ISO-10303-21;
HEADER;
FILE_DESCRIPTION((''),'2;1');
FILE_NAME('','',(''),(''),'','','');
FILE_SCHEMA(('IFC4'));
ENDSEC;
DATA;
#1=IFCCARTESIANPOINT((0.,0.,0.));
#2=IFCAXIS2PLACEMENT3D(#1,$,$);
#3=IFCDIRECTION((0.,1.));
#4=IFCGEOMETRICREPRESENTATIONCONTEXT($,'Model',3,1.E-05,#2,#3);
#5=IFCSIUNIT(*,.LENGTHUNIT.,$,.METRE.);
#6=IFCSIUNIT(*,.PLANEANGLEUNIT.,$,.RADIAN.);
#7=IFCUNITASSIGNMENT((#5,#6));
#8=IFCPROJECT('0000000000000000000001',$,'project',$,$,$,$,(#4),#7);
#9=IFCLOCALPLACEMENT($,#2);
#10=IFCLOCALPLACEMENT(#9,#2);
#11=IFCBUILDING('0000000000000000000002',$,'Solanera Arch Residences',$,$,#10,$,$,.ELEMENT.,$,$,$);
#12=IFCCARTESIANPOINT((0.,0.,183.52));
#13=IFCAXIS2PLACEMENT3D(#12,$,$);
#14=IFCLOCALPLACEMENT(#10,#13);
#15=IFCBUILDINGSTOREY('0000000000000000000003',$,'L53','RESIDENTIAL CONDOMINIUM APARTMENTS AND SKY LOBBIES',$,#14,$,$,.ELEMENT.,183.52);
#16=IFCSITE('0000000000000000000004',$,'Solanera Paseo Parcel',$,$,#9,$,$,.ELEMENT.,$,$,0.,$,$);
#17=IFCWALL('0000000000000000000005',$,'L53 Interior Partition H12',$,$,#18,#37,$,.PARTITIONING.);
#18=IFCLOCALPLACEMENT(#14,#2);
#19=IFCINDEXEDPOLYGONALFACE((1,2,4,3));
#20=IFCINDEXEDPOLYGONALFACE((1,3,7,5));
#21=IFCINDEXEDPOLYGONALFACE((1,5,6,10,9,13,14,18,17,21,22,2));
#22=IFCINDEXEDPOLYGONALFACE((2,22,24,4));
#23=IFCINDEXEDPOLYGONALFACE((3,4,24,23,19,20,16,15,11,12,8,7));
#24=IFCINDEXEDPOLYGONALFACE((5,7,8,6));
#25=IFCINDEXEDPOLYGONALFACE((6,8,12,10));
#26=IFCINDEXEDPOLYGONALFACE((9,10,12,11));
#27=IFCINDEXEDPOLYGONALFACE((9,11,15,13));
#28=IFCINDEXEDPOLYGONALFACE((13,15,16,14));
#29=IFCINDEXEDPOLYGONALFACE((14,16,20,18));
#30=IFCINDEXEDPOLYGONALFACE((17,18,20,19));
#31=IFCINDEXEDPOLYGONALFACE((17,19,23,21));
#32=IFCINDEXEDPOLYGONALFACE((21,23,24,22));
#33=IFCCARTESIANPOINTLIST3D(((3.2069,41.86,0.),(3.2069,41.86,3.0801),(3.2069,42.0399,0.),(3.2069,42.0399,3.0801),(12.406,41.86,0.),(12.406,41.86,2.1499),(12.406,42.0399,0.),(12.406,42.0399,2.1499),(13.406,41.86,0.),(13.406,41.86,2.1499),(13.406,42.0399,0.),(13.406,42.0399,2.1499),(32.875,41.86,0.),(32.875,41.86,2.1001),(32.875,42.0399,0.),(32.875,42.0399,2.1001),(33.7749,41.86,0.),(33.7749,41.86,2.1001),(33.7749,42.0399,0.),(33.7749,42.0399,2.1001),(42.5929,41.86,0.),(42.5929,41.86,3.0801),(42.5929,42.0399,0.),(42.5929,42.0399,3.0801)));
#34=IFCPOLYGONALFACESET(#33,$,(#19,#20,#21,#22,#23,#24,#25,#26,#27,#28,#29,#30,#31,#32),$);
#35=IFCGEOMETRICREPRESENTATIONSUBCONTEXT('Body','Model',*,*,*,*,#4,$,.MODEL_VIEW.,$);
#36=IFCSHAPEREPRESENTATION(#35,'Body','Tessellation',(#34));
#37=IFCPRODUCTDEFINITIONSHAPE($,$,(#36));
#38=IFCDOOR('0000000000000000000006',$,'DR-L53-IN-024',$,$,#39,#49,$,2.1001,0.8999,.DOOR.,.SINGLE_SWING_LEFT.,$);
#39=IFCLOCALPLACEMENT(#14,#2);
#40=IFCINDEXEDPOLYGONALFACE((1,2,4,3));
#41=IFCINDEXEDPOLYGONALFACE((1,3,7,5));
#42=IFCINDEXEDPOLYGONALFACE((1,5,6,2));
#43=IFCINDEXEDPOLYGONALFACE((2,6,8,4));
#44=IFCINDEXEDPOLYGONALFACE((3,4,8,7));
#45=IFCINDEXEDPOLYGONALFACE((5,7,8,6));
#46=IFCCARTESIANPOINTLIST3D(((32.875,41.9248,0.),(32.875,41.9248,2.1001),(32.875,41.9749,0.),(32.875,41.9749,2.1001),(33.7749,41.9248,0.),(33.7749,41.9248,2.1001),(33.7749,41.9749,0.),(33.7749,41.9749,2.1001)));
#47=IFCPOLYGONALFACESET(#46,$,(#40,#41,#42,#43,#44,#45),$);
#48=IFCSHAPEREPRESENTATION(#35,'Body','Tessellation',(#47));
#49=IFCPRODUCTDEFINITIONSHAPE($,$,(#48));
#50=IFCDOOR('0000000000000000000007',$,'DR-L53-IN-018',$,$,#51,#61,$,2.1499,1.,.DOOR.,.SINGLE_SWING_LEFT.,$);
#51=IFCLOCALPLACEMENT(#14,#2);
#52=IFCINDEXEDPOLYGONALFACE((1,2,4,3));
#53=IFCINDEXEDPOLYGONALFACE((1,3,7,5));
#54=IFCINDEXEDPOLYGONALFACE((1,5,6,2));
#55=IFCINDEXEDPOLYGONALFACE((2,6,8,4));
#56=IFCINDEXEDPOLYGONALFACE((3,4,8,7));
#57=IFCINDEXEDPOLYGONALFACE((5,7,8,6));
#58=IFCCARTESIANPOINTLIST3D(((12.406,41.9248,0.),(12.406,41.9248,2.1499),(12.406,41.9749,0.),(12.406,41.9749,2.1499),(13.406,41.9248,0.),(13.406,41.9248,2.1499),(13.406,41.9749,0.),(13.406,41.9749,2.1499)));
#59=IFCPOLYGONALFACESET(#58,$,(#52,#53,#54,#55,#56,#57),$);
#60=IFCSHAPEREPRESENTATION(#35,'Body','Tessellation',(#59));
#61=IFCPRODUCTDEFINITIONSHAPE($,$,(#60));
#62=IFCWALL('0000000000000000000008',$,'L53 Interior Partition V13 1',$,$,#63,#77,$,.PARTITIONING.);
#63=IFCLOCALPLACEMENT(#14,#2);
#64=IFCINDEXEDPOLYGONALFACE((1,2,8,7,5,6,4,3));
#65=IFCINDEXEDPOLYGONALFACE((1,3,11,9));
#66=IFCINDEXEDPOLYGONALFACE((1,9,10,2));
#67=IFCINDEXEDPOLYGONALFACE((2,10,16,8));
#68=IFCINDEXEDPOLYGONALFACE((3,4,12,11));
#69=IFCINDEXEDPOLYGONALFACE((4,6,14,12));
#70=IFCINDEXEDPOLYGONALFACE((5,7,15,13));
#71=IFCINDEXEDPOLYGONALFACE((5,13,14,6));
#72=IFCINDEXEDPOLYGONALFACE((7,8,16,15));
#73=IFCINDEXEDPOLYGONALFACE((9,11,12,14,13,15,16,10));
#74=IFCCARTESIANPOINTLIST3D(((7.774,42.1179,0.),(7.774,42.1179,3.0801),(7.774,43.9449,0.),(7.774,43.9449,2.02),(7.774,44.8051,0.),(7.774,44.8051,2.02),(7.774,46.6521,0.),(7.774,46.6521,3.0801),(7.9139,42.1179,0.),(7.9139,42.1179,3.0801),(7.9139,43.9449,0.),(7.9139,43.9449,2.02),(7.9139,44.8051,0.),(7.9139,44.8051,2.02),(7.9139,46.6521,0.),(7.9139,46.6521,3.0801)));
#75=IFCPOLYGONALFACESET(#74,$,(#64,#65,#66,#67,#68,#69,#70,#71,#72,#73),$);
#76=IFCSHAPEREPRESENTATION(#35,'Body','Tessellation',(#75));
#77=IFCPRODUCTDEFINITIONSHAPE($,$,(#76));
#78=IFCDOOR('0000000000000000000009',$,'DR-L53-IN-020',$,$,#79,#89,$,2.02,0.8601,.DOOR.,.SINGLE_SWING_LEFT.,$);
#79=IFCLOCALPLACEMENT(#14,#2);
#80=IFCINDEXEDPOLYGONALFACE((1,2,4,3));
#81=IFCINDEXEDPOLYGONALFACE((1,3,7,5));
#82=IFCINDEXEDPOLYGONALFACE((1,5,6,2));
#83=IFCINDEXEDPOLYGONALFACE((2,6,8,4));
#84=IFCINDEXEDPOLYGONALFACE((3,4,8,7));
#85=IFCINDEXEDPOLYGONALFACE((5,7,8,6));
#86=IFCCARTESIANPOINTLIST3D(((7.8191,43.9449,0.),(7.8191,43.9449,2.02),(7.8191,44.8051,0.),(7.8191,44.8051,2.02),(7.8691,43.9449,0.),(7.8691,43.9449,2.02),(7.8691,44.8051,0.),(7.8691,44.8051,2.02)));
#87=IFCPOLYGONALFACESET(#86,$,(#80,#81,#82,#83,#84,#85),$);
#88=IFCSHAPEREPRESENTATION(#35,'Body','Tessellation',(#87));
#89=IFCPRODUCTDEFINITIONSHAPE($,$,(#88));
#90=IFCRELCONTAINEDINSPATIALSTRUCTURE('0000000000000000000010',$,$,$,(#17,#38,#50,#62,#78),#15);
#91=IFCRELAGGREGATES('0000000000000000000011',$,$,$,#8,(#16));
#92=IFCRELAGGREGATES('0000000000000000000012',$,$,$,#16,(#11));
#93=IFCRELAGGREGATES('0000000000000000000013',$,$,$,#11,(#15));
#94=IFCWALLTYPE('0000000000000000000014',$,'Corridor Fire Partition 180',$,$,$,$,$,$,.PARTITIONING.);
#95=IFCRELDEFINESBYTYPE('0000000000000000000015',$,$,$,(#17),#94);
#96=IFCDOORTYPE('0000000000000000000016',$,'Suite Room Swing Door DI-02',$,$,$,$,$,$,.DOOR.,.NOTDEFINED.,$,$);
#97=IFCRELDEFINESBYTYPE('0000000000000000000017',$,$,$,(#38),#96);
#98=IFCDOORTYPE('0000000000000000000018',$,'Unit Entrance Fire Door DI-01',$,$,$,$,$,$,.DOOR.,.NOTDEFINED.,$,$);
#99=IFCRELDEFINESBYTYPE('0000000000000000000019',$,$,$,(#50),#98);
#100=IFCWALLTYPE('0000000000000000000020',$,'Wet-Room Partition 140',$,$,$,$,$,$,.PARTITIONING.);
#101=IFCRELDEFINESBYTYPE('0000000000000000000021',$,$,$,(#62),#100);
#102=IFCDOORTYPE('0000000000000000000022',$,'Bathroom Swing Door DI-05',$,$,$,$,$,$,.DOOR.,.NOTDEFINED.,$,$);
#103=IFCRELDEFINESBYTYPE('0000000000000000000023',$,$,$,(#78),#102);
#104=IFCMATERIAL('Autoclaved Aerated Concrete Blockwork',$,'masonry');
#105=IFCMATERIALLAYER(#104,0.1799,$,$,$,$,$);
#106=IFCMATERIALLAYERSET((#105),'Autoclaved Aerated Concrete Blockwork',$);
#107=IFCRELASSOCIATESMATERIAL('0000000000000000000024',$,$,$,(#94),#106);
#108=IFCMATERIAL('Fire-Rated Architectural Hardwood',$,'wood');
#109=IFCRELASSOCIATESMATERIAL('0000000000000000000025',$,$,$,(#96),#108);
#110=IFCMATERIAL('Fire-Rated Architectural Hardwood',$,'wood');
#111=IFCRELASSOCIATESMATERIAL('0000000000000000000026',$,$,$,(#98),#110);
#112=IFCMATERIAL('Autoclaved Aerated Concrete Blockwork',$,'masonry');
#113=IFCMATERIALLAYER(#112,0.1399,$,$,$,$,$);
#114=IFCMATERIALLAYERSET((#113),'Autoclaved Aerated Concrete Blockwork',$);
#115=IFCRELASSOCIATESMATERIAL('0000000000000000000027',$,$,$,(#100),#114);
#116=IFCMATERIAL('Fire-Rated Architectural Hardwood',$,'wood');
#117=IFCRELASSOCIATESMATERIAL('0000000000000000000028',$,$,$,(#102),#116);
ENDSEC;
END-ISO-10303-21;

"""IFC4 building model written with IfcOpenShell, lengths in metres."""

from ifc_helpers import new_model, si_unit, direction, frame, frame_2d, origin, place, context, subcontext, project, spatial, rectangle, extrude, material, layer, layer_set, type_object, element, fill, save


model = new_model("IFC4")

# Units and contexts
model_context = context("Model", 3, precision=1e-05, world=origin(), true_north=direction((0.0, 1.0)))
body_context = subcontext(model_context, "Body", "Model", "MODEL_VIEW")
ifc_project = project(units=[si_unit("LENGTHUNIT", "METRE"), si_unit("PLANEANGLEUNIT", "RADIAN")], contexts=[model_context])

# Site, building, storey
site_placement = place(None, origin())
site = spatial("IfcSite", under=ifc_project, at=site_placement, Name="Solanera Paseo Parcel", CompositionType="ELEMENT", RefElevation=0.0)
building_placement = place(site_placement, origin())
building = spatial("IfcBuilding", under=site, at=building_placement, Name="Solanera Arch Residences", CompositionType="ELEMENT")
storey_placement = place(building_placement, frame((0.0, 0.0, 183.52)))
storey = spatial("IfcBuildingStorey", under=building, at=storey_placement, Name="L53", Description="RESIDENTIAL CONDOMINIUM APARTMENTS AND SKY LOBBIES", CompositionType="ELEMENT", Elevation=183.52)

# Wall, openings, doors
ifc_material_1 = material(Name="Autoclaved Aerated Concrete Blockwork", Category="masonry")
ifc_layer_1 = layer(ifc_material_1, 0.1799)
ifc_layer_set_1 = layer_set([ifc_layer_1], Name="Autoclaved Aerated Concrete Blockwork")
wall_type_1 = type_object("IfcWallType", Name="Corridor Fire Partition 180", PredefinedType="PARTITIONING", material=ifc_layer_set_1)
ifc_material_2 = material(Name="Fire-Rated Architectural Hardwood", Category="wood")
door_type_1 = type_object("IfcDoorType", Name="Suite Room Swing Door DI-02", OperationType="NOTDEFINED", PredefinedType="DOOR", material=ifc_material_2)
wall_1_placement = place(storey_placement, frame((3.207, 41.95, 0.0), z_axis=(0.0, 0.0, 1.0), x_axis=(1.0, 0.0, 0.0)))
wall_1 = element("IfcWall", 1, at=wall_1_placement, inside=storey, type_object=wall_type_1, Name="L53 Interior Partition H12", PredefinedType="PARTITIONING", context=body_context, shape_type="SweptSolid", body=[
    extrude(rectangle(XDim=39.386, YDim=0.1799, at=frame_2d((19.6929, 0.0))), origin(), (0.0, 0.0, 1.0), 3.0801),
])
opening_1_placement = place(wall_1_placement, frame((9.199, 0.0, 0.0)))
opening_1 = element("IfcOpeningElement", 2, at=opening_1_placement, cuts=wall_1, PredefinedType="OPENING", context=body_context, shape_type="SweptSolid", body=[
    extrude(rectangle(XDim=1.0, YDim=2.1499, at=frame_2d((0.5, 1.075))), frame((0.0, 0.1001, 0.0), z_axis=(0.0, -1.0, 0.0), x_axis=(1.0, 0.0, 0.0)), (0.0, 0.0, 1.0), 0.1999),
])
opening_2_placement = place(wall_1_placement, frame((29.668, 0.0, 0.0)))
opening_2 = element("IfcOpeningElement", 3, at=opening_2_placement, cuts=wall_1, PredefinedType="OPENING", context=body_context, shape_type="SweptSolid", body=[
    extrude(rectangle(XDim=0.8999, YDim=2.1001, at=frame_2d((0.45, 1.05))), frame((0.0, 0.1001, 0.0), z_axis=(0.0, -1.0, 0.0), x_axis=(1.0, 0.0, 0.0)), (0.0, 0.0, 1.0), 0.1999),
])
door_1_placement = place(opening_2_placement, origin())
door_1 = element("IfcDoor", 4, at=door_1_placement, inside=storey, type_object=door_type_1, Name="DR-L53-IN-024", OperationType="SINGLE_SWING_LEFT", OverallHeight=2.1001, OverallWidth=0.8999, PredefinedType="DOOR", context=body_context, shape_type="SweptSolid", body=[
    extrude(rectangle(XDim=0.8999, YDim=2.1001, at=frame_2d((0.45, 1.05))), frame((0.0, 0.0249, 0.0), z_axis=(0.0, -1.0, 0.0), x_axis=(1.0, 0.0, 0.0)), (0.0, 0.0, 1.0), 0.05),
])
fill(opening_2, door_1)
ifc_material_3 = material(Name="Fire-Rated Architectural Hardwood", Category="wood")
door_type_2 = type_object("IfcDoorType", Name="Unit Entrance Fire Door DI-01", OperationType="NOTDEFINED", PredefinedType="DOOR", material=ifc_material_3)
door_2_placement = place(opening_1_placement, origin())
door_2 = element("IfcDoor", 5, at=door_2_placement, inside=storey, type_object=door_type_2, Name="DR-L53-IN-018", OperationType="SINGLE_SWING_LEFT", OverallHeight=2.1499, OverallWidth=1.0, PredefinedType="DOOR", context=body_context, shape_type="SweptSolid", body=[
    extrude(rectangle(XDim=1.0, YDim=2.1499, at=frame_2d((0.5, 1.075))), frame((0.0, 0.0249, 0.0), z_axis=(0.0, -1.0, 0.0), x_axis=(1.0, 0.0, 0.0)), (0.0, 0.0, 1.0), 0.05),
])
fill(opening_1, door_2)

# Wall, opening, door
ifc_material_4 = material(Name="Autoclaved Aerated Concrete Blockwork", Category="masonry")
ifc_layer_2 = layer(ifc_material_4, 0.1399)
ifc_layer_set_2 = layer_set([ifc_layer_2], Name="Autoclaved Aerated Concrete Blockwork")
wall_type_2 = type_object("IfcWallType", Name="Wet-Room Partition 140", PredefinedType="PARTITIONING", material=ifc_layer_set_2)
wall_2_placement = place(storey_placement, frame((7.844, 42.1179, 0.0), z_axis=(0.0, 0.0, 1.0), x_axis=(0.0, 1.0, 0.0)))
wall_2 = element("IfcWall", 6, at=wall_2_placement, inside=storey, type_object=wall_type_2, Name="L53 Interior Partition V13 1", PredefinedType="PARTITIONING", context=body_context, shape_type="SweptSolid", body=[
    extrude(rectangle(XDim=4.5342, YDim=0.1399, at=frame_2d((2.2671, 0.0))), origin(), (0.0, 0.0, 1.0), 3.0801),
])
opening_3_placement = place(wall_2_placement, frame((1.8269, 0.0, 0.0)))
opening_3 = element("IfcOpeningElement", 7, at=opening_3_placement, cuts=wall_2, PredefinedType="OPENING", context=body_context, shape_type="SweptSolid", body=[
    extrude(rectangle(XDim=0.8601, YDim=2.02, at=frame_2d((0.4302, 1.01))), frame((0.0, 0.0798, 0.0), z_axis=(0.0, -1.0, 0.0), x_axis=(1.0, 0.0, 0.0)), (0.0, 0.0, 1.0), 0.1599),
])
ifc_material_5 = material(Name="Fire-Rated Architectural Hardwood", Category="wood")
door_type_3 = type_object("IfcDoorType", Name="Bathroom Swing Door DI-05", OperationType="NOTDEFINED", PredefinedType="DOOR", material=ifc_material_5)
door_3_placement = place(opening_3_placement, origin())
door_3 = element("IfcDoor", 8, at=door_3_placement, inside=storey, type_object=door_type_3, Name="DR-L53-IN-020", OperationType="SINGLE_SWING_LEFT", OverallHeight=2.02, OverallWidth=0.8601, PredefinedType="DOOR", context=body_context, shape_type="SweptSolid", body=[
    extrude(rectangle(XDim=0.8601, YDim=2.02, at=frame_2d((0.4302, 1.01))), frame((0.0, 0.0249, 0.0), z_axis=(0.0, -1.0, 0.0), x_axis=(1.0, 0.0, 0.0)), (0.0, 0.0, 1.0), 0.05),
])
fill(opening_3, door_3)

save(model, "model.ifc")
